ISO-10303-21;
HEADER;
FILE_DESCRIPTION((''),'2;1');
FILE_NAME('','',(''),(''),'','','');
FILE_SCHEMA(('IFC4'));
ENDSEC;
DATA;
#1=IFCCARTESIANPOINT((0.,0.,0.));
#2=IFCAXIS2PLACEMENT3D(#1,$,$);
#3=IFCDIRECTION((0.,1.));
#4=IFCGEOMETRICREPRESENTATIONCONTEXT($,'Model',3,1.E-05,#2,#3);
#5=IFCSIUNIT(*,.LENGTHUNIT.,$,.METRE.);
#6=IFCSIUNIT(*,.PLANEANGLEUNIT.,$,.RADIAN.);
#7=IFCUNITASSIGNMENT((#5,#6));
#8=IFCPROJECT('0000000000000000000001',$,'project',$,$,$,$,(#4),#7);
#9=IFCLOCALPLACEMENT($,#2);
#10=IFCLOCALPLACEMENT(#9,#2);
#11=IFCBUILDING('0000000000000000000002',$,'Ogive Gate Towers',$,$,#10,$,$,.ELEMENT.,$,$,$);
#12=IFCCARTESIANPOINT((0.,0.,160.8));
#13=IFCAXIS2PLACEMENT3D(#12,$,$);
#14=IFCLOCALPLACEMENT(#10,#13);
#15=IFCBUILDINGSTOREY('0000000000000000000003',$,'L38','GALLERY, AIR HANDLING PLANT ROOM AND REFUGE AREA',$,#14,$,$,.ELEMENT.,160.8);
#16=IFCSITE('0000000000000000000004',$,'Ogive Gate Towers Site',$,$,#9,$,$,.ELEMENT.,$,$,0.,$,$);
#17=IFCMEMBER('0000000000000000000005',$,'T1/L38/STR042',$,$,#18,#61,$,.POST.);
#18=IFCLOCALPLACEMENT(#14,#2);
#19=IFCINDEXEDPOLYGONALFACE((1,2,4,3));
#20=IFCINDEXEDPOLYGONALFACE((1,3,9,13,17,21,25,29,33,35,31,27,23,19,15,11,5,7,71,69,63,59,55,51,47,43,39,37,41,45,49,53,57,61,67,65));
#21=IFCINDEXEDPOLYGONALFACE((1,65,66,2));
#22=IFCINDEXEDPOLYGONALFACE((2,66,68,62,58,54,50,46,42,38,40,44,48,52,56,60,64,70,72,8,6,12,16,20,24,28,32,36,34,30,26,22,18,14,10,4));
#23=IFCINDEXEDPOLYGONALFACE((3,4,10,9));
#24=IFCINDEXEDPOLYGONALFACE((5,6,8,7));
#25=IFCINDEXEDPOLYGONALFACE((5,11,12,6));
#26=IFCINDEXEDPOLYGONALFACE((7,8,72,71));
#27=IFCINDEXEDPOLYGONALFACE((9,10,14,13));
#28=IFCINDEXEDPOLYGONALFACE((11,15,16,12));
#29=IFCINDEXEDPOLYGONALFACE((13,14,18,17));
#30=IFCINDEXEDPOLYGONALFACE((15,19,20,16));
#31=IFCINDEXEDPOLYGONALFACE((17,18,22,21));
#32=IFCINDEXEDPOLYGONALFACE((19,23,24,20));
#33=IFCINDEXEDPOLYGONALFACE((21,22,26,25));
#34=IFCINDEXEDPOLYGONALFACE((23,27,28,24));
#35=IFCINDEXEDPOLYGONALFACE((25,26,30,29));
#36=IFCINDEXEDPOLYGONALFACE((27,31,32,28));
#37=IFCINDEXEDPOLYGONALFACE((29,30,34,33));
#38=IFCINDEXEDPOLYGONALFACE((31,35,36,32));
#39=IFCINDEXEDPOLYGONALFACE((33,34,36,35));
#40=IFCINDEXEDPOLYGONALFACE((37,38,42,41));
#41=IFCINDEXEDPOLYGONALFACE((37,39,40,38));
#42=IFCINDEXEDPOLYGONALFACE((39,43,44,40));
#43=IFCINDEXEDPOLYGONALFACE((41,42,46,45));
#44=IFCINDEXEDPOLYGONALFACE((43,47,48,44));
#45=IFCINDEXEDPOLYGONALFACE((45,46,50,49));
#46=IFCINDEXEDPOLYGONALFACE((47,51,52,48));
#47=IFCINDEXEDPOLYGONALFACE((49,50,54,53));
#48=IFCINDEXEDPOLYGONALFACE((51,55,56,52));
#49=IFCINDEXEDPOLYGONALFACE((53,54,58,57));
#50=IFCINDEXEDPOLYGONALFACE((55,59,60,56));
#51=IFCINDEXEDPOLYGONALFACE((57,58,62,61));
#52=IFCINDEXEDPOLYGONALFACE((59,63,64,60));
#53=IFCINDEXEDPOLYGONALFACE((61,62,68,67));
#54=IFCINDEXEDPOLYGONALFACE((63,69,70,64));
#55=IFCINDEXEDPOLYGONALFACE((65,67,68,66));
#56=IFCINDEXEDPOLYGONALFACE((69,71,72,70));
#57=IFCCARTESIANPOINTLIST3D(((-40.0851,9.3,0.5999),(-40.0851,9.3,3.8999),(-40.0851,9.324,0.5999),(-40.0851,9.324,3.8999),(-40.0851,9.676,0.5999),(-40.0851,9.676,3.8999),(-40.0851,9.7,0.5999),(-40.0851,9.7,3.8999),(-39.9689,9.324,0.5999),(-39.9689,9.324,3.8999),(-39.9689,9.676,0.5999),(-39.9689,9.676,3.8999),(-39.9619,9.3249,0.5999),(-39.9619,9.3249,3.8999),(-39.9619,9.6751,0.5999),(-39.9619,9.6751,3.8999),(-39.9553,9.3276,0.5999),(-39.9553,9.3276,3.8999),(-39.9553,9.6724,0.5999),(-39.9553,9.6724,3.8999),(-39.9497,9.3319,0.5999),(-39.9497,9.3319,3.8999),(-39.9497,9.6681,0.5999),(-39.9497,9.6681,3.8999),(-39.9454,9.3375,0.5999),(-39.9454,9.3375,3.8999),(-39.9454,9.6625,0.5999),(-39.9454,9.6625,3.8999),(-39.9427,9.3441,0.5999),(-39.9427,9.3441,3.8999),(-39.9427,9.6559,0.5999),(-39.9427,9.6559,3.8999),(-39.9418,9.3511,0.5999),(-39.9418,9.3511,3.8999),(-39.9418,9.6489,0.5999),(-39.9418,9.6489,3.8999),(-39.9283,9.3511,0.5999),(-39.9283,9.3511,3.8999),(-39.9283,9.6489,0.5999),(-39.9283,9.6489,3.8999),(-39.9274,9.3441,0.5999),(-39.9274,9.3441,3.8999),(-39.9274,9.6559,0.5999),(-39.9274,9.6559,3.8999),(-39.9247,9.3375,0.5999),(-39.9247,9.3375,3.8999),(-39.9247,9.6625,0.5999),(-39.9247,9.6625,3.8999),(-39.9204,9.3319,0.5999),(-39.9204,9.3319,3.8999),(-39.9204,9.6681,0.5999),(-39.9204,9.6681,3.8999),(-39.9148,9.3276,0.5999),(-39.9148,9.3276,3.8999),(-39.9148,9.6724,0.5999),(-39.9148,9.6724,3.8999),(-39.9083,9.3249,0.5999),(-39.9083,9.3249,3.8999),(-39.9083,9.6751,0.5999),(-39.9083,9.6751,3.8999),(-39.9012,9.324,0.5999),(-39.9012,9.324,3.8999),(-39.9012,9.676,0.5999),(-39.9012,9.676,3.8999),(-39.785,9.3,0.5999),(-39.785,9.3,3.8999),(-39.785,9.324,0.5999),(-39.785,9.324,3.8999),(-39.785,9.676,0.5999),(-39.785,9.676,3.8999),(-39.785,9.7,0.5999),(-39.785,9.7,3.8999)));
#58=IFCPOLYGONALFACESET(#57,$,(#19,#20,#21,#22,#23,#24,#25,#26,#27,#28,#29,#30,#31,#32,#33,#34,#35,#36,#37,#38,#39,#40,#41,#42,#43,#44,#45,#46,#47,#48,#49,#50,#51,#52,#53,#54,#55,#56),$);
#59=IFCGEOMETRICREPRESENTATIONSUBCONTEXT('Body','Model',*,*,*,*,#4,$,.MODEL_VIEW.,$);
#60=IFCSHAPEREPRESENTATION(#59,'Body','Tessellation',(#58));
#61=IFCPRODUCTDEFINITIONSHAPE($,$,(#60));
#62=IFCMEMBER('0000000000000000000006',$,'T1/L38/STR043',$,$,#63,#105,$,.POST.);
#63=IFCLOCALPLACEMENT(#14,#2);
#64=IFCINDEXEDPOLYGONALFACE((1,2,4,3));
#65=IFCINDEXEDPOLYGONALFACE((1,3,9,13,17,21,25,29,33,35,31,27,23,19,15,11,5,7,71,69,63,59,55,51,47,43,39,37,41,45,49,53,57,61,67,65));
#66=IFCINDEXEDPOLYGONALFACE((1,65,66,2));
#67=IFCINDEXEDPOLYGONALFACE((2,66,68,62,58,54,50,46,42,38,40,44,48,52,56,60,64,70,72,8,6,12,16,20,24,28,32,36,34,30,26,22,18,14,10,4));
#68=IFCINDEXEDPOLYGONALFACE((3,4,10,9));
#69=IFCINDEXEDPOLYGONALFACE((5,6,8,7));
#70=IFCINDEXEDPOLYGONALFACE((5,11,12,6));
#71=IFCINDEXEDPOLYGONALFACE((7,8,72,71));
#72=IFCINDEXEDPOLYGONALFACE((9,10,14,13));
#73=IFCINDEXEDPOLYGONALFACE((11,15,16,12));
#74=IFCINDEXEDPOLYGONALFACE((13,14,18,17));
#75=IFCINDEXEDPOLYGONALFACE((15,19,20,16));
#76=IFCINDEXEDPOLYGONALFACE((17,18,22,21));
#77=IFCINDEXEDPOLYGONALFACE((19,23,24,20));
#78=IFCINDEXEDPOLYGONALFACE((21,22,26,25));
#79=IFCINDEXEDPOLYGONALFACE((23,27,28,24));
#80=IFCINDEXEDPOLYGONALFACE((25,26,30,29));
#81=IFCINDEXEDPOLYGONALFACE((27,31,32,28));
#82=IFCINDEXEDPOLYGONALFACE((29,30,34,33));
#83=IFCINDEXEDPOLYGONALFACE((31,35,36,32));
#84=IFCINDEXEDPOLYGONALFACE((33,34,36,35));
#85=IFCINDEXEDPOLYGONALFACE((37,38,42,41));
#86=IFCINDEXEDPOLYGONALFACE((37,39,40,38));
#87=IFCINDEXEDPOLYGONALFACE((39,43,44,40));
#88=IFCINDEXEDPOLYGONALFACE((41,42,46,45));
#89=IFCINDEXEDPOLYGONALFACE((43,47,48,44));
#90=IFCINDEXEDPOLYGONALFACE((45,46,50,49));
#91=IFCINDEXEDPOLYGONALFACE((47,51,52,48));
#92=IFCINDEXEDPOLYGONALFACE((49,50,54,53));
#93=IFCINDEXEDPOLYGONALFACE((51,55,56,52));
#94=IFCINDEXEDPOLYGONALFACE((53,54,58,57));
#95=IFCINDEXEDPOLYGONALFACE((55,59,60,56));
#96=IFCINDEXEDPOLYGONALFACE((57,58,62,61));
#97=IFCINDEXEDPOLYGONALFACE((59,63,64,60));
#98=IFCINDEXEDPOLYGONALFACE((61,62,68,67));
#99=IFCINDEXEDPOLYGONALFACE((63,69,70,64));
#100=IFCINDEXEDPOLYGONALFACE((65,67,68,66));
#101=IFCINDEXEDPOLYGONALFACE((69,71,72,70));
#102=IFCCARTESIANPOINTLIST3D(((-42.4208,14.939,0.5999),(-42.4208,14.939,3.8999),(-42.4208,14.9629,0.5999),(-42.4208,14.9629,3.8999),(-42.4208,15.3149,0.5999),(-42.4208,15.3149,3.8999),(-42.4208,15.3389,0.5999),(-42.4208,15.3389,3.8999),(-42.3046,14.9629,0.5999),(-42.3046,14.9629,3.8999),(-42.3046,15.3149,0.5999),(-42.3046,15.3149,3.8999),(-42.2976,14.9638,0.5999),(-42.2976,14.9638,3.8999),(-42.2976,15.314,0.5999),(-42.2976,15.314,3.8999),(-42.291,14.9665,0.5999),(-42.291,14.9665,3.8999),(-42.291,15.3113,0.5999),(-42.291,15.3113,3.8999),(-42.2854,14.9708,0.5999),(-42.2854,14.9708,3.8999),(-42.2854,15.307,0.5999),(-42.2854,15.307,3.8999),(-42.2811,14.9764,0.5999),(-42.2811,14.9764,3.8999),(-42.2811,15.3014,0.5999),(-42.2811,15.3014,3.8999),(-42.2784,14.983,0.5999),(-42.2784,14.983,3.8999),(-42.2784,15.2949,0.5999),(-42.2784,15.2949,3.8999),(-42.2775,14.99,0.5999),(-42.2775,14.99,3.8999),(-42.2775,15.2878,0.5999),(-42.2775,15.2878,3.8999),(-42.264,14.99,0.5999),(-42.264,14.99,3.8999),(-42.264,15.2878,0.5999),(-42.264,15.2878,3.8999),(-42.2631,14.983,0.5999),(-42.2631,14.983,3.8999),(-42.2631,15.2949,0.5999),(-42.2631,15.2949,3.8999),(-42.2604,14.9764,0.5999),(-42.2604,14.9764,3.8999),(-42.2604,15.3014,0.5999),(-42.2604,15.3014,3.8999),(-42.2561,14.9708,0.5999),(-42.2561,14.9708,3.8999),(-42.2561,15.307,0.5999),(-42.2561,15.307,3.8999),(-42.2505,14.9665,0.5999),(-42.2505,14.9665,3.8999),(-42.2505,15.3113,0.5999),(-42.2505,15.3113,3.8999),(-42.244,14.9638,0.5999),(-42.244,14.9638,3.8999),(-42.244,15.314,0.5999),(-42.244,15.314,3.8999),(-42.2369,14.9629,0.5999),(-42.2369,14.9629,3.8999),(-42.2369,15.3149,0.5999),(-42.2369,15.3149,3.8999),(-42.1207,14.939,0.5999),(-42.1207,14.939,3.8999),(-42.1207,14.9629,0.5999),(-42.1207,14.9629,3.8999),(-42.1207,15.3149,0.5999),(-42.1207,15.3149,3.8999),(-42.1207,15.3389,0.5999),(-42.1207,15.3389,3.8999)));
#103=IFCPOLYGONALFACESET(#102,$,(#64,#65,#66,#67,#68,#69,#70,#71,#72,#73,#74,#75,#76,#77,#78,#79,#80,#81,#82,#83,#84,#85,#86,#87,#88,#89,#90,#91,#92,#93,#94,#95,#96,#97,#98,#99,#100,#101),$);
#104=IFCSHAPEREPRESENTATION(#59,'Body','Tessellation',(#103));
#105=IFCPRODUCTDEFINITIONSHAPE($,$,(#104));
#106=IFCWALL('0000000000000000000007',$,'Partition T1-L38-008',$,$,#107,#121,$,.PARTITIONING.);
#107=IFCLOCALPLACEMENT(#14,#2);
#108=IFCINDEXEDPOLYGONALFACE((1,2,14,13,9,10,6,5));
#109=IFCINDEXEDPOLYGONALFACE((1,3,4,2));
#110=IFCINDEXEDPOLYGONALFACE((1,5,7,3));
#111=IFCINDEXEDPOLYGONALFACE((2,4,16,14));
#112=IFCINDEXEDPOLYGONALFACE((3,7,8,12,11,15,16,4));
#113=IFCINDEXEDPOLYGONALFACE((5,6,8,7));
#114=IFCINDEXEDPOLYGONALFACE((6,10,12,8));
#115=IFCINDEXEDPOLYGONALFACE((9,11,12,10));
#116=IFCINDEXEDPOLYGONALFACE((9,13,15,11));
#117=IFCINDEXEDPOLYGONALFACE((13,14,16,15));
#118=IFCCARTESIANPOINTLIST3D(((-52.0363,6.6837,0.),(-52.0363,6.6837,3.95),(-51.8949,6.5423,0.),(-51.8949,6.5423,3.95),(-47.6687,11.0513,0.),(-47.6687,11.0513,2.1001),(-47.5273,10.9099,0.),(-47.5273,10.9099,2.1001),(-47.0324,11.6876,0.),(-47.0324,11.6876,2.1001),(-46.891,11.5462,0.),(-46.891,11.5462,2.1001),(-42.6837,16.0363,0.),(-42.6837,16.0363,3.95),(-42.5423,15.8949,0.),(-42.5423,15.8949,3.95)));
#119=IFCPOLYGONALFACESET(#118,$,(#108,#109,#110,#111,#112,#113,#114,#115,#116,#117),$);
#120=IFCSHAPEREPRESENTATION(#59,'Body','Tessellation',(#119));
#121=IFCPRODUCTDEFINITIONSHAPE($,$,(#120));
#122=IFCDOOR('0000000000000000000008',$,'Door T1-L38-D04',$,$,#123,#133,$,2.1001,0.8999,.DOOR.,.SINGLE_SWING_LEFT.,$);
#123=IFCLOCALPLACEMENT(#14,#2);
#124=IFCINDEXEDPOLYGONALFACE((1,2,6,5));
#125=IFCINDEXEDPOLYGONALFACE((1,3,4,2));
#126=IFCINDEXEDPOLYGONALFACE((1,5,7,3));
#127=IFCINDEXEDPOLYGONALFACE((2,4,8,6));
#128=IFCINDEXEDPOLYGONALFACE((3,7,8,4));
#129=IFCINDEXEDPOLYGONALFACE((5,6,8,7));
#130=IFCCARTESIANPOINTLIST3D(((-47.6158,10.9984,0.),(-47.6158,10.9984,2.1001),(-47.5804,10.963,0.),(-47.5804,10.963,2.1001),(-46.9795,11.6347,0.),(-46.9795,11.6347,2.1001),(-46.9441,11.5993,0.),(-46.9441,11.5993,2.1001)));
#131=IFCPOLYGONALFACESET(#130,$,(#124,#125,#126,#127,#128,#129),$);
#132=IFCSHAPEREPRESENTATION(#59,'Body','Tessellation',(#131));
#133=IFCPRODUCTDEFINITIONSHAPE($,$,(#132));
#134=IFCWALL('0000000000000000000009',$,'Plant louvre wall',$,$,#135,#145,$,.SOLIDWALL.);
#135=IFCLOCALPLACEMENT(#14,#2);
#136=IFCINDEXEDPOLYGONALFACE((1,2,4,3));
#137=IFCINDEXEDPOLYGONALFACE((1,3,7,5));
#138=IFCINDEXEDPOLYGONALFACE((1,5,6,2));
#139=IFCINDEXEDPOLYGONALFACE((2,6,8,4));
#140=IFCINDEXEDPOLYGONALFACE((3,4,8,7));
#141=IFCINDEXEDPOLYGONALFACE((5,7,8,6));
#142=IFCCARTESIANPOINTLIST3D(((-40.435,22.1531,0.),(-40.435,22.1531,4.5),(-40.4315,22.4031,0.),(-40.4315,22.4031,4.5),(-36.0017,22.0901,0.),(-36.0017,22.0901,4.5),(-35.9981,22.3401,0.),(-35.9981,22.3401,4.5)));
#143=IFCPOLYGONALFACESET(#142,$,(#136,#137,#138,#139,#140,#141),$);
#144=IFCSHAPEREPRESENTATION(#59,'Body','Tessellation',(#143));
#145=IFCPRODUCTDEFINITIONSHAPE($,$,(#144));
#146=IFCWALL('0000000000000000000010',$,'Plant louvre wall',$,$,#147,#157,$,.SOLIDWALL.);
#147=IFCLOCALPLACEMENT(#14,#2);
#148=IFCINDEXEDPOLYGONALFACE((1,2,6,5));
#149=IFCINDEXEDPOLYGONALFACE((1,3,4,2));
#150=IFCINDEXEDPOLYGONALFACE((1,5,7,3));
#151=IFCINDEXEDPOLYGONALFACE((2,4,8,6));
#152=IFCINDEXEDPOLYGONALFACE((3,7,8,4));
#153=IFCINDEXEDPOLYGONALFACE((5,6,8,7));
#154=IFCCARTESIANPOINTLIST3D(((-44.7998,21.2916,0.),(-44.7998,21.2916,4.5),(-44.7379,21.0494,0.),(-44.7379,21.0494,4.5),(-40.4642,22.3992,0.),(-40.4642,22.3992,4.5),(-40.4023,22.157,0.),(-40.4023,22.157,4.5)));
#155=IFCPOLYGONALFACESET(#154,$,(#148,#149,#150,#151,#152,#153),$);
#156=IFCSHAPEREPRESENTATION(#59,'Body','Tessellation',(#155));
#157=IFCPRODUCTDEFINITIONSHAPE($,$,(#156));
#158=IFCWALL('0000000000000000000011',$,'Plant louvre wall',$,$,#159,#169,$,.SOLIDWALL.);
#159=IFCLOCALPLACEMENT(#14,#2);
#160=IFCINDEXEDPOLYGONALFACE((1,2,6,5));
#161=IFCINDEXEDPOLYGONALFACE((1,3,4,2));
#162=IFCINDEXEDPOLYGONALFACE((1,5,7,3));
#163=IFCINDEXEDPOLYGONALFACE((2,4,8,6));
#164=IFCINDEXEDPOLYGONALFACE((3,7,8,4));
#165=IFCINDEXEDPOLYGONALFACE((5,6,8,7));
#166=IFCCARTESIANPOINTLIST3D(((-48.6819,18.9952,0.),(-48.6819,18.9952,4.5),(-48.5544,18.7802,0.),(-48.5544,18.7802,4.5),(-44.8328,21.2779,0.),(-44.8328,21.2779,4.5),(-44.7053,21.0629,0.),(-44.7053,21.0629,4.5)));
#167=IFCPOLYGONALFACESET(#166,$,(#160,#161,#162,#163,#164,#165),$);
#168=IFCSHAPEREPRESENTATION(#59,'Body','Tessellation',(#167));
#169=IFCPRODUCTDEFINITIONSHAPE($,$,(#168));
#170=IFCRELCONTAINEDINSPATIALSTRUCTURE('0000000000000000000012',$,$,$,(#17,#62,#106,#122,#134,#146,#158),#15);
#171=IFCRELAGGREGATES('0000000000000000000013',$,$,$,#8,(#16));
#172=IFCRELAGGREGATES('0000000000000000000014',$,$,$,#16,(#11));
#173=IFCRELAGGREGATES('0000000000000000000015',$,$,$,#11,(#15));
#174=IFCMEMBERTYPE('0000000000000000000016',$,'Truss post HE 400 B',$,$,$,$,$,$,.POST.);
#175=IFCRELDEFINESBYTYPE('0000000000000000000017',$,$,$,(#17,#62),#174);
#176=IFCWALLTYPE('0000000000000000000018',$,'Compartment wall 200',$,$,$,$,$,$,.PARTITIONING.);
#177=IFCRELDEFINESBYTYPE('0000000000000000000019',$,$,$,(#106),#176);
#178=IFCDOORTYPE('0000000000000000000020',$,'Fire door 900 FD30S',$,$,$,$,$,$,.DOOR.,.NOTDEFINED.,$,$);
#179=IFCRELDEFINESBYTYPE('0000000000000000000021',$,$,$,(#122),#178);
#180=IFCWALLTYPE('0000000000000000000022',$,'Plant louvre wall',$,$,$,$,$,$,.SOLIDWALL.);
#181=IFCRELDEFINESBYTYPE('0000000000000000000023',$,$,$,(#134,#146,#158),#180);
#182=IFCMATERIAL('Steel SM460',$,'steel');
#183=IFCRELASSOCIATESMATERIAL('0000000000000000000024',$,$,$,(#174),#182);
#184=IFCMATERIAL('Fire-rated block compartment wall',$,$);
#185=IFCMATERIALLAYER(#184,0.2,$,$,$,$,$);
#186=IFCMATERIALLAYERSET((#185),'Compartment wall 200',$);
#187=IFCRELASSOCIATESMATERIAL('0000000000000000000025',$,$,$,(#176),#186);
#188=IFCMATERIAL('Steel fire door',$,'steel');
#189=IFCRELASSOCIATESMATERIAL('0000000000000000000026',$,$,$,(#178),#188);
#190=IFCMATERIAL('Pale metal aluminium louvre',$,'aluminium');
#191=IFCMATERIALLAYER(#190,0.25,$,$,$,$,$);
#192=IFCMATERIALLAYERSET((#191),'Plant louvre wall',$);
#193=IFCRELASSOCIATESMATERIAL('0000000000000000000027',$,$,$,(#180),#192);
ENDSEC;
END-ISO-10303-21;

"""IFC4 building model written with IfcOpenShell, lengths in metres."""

from ifc_helpers import new_model, si_unit, direction, frame, frame_2d, origin, origin_2d, place, context, subcontext, project, spatial, rectangle, i_section, extrude, material, layer, layer_set, material_profile, profile_set, type_object, element, fill, save


model = new_model("IFC4")

# Units and contexts
model_context = context("Model", 3, precision=1e-05, world=origin(), true_north=direction((0.0, 1.0)))
body_context = subcontext(model_context, "Body", "Model", "MODEL_VIEW")
ifc_project = project(units=[si_unit("LENGTHUNIT", "METRE"), si_unit("PLANEANGLEUNIT", "RADIAN")], contexts=[model_context])

# Site, building, storey
site_placement = place(None, origin())
site = spatial("IfcSite", under=ifc_project, at=site_placement, Name="Ogive Gate Towers Site", CompositionType="ELEMENT", RefElevation=0.0)
building_placement = place(site_placement, origin())
building = spatial("IfcBuilding", under=site, at=building_placement, Name="Ogive Gate Towers", CompositionType="ELEMENT")
storey_placement = place(building_placement, frame((0.0, 0.0, 160.8)))
storey = spatial("IfcBuildingStorey", under=building, at=storey_placement, Name="L38", Description="GALLERY, AIR HANDLING PLANT ROOM AND REFUGE AREA", CompositionType="ELEMENT", Elevation=160.8)

# Shared definitions
ifc_material_1 = material(Name="Steel SM460", Category="steel")

# Members
ifc_material_profile_1 = material_profile(ifc_material_1, i_section(OverallWidth=0.3, OverallDepth=0.3999, WebThickness=0.0134, FlangeThickness=0.0239, FilletRadius=0.0271, at=origin_2d()), Name="HE 400 B")
ifc_profile_set_1 = profile_set([ifc_material_profile_1], Name="Steel SM460")
member_type_1 = type_object("IfcMemberType", Name="Truss post HE 400 B", PredefinedType="POST", material=ifc_profile_set_1)
for number, where, z_axis, x_axis, name in (
    (1, (-39.9351, 9.5, 0.5999), (0.0, 0.0, 1.0), (1.0, 0.0, 0.0), "T1/L38/STR042"),
    (2, (-42.2708, 15.1389, 0.5999), (0.0, 0.0, 1.0), (1.0, 0.0, 0.0), "T1/L38/STR043"),
):
    element("IfcMember", number, at=place(storey_placement, frame(where, z_axis=z_axis, x_axis=x_axis)), inside=storey, type_object=member_type_1, Name=name, PredefinedType="POST", context=body_context, shape_type="SweptSolid", body=[
        extrude(i_section(OverallWidth=0.3, OverallDepth=0.3999, WebThickness=0.0134, FlangeThickness=0.0239, FilletRadius=0.0271, at=origin_2d()), origin(), (0.0, 0.0, 1.0), 3.3),
    ])

# Wall, opening, door
ifc_material_2 = material(Name="Fire-rated block compartment wall")
ifc_layer_1 = layer(ifc_material_2, 0.2)
ifc_layer_set_1 = layer_set([ifc_layer_1], Name="Compartment wall 200")
wall_type_1 = type_object("IfcWallType", Name="Compartment wall 200", PredefinedType="PARTITIONING", material=ifc_layer_set_1)
wall_1_placement = place(storey_placement, frame((-42.613, 15.9656, 0.0), z_axis=(0.0, 0.0, 1.0), x_axis=(-0.707107, -0.707107, 0.0)))
wall_1 = element("IfcWall", 3, at=wall_1_placement, inside=storey, type_object=wall_type_1, Name="Partition T1-L38-008", PredefinedType="PARTITIONING", context=body_context, shape_type="SweptSolid", body=[
    extrude(rectangle(XDim=13.2266, YDim=0.2, at=frame_2d((6.6133, 0.0))), origin(), (0.0, 0.0, 1.0), 3.95),
])
opening_placement = place(wall_1_placement, frame((6.1499, 0.0, 0.0)))
opening = element("IfcOpeningElement", 4, at=opening_placement, cuts=wall_1, PredefinedType="OPENING", context=body_context, shape_type="SweptSolid", body=[
    extrude(rectangle(XDim=0.8999, YDim=2.1001, at=frame_2d((0.45, 1.05))), frame((0.0, 0.1099, 0.0), z_axis=(0.0, -1.0, 0.0), x_axis=(1.0, 0.0, 0.0)), (0.0, 0.0, 1.0), 0.22),
])
ifc_material_3 = material(Name="Steel fire door", Category="steel")
door_type = type_object("IfcDoorType", Name="Fire door 900 FD30S", OperationType="NOTDEFINED", PredefinedType="DOOR", material=ifc_material_3)
door_placement = place(opening_placement, origin())
door = element("IfcDoor", 5, at=door_placement, inside=storey, type_object=door_type, Name="Door T1-L38-D04", OperationType="SINGLE_SWING_LEFT", OverallHeight=2.1001, OverallWidth=0.8999, PredefinedType="DOOR", context=body_context, shape_type="SweptSolid", body=[
    extrude(rectangle(XDim=0.8999, YDim=2.1001, at=frame_2d((0.45, 1.05))), frame((0.0, 0.0249, 0.0), z_axis=(0.0, -1.0, 0.0), x_axis=(1.0, 0.0, 0.0)), (0.0, 0.0, 1.0), 0.05),
])
fill(opening, door)

# Walls
ifc_material_4 = material(Name="Pale metal aluminium louvre", Category="aluminium")
ifc_layer_2 = layer(ifc_material_4, 0.25)
ifc_layer_set_2 = layer_set([ifc_layer_2], Name="Plant louvre wall")
wall_type_2 = type_object("IfcWallType", Name="Plant louvre wall", PredefinedType="SOLIDWALL", material=ifc_layer_set_2)
wall_2_placement = place(storey_placement, frame((-36.0, 22.2151, 0.0), z_axis=(0.0, 0.0, 1.0), x_axis=(-0.999899, 0.014206, 0.0)))
element("IfcWall", 6, at=wall_2_placement, inside=storey, type_object=wall_type_2, Name="Plant louvre wall", PredefinedType="SOLIDWALL", context=body_context, shape_type="SweptSolid", body=[
    extrude(rectangle(XDim=4.4338, YDim=0.25, at=frame_2d((2.2168, 0.0))), origin(), (0.0, 0.0, 1.0), 4.5),
])
wall_3_placement = place(storey_placement, frame((-40.4333, 22.2781, 0.0), z_axis=(0.0, 0.0, 1.0), x_axis=(-0.968881, -0.247526, 0.0)))
element("IfcWall", 7, at=wall_3_placement, inside=storey, type_object=wall_type_2, Name="Plant louvre wall", PredefinedType="SOLIDWALL", context=body_context, shape_type="SweptSolid", body=[
    extrude(rectangle(XDim=4.4749, YDim=0.25, at=frame_2d((2.2373, 0.0))), origin(), (0.0, 0.0, 1.0), 4.5),
])
wall_4_placement = place(storey_placement, frame((-44.769, 21.1704, 0.0), z_axis=(0.0, 0.0, 1.0), x_axis=(-0.86012, -0.510092, 0.0)))
element("IfcWall", 8, at=wall_4_placement, inside=storey, type_object=wall_type_2, Name="Plant louvre wall", PredefinedType="SOLIDWALL", context=body_context, shape_type="SweptSolid", body=[
    extrude(rectangle(XDim=4.4751, YDim=0.25, at=frame_2d((2.2375, 0.0))), origin(), (0.0, 0.0, 1.0), 4.5),
])

save(model, "model.ifc")
